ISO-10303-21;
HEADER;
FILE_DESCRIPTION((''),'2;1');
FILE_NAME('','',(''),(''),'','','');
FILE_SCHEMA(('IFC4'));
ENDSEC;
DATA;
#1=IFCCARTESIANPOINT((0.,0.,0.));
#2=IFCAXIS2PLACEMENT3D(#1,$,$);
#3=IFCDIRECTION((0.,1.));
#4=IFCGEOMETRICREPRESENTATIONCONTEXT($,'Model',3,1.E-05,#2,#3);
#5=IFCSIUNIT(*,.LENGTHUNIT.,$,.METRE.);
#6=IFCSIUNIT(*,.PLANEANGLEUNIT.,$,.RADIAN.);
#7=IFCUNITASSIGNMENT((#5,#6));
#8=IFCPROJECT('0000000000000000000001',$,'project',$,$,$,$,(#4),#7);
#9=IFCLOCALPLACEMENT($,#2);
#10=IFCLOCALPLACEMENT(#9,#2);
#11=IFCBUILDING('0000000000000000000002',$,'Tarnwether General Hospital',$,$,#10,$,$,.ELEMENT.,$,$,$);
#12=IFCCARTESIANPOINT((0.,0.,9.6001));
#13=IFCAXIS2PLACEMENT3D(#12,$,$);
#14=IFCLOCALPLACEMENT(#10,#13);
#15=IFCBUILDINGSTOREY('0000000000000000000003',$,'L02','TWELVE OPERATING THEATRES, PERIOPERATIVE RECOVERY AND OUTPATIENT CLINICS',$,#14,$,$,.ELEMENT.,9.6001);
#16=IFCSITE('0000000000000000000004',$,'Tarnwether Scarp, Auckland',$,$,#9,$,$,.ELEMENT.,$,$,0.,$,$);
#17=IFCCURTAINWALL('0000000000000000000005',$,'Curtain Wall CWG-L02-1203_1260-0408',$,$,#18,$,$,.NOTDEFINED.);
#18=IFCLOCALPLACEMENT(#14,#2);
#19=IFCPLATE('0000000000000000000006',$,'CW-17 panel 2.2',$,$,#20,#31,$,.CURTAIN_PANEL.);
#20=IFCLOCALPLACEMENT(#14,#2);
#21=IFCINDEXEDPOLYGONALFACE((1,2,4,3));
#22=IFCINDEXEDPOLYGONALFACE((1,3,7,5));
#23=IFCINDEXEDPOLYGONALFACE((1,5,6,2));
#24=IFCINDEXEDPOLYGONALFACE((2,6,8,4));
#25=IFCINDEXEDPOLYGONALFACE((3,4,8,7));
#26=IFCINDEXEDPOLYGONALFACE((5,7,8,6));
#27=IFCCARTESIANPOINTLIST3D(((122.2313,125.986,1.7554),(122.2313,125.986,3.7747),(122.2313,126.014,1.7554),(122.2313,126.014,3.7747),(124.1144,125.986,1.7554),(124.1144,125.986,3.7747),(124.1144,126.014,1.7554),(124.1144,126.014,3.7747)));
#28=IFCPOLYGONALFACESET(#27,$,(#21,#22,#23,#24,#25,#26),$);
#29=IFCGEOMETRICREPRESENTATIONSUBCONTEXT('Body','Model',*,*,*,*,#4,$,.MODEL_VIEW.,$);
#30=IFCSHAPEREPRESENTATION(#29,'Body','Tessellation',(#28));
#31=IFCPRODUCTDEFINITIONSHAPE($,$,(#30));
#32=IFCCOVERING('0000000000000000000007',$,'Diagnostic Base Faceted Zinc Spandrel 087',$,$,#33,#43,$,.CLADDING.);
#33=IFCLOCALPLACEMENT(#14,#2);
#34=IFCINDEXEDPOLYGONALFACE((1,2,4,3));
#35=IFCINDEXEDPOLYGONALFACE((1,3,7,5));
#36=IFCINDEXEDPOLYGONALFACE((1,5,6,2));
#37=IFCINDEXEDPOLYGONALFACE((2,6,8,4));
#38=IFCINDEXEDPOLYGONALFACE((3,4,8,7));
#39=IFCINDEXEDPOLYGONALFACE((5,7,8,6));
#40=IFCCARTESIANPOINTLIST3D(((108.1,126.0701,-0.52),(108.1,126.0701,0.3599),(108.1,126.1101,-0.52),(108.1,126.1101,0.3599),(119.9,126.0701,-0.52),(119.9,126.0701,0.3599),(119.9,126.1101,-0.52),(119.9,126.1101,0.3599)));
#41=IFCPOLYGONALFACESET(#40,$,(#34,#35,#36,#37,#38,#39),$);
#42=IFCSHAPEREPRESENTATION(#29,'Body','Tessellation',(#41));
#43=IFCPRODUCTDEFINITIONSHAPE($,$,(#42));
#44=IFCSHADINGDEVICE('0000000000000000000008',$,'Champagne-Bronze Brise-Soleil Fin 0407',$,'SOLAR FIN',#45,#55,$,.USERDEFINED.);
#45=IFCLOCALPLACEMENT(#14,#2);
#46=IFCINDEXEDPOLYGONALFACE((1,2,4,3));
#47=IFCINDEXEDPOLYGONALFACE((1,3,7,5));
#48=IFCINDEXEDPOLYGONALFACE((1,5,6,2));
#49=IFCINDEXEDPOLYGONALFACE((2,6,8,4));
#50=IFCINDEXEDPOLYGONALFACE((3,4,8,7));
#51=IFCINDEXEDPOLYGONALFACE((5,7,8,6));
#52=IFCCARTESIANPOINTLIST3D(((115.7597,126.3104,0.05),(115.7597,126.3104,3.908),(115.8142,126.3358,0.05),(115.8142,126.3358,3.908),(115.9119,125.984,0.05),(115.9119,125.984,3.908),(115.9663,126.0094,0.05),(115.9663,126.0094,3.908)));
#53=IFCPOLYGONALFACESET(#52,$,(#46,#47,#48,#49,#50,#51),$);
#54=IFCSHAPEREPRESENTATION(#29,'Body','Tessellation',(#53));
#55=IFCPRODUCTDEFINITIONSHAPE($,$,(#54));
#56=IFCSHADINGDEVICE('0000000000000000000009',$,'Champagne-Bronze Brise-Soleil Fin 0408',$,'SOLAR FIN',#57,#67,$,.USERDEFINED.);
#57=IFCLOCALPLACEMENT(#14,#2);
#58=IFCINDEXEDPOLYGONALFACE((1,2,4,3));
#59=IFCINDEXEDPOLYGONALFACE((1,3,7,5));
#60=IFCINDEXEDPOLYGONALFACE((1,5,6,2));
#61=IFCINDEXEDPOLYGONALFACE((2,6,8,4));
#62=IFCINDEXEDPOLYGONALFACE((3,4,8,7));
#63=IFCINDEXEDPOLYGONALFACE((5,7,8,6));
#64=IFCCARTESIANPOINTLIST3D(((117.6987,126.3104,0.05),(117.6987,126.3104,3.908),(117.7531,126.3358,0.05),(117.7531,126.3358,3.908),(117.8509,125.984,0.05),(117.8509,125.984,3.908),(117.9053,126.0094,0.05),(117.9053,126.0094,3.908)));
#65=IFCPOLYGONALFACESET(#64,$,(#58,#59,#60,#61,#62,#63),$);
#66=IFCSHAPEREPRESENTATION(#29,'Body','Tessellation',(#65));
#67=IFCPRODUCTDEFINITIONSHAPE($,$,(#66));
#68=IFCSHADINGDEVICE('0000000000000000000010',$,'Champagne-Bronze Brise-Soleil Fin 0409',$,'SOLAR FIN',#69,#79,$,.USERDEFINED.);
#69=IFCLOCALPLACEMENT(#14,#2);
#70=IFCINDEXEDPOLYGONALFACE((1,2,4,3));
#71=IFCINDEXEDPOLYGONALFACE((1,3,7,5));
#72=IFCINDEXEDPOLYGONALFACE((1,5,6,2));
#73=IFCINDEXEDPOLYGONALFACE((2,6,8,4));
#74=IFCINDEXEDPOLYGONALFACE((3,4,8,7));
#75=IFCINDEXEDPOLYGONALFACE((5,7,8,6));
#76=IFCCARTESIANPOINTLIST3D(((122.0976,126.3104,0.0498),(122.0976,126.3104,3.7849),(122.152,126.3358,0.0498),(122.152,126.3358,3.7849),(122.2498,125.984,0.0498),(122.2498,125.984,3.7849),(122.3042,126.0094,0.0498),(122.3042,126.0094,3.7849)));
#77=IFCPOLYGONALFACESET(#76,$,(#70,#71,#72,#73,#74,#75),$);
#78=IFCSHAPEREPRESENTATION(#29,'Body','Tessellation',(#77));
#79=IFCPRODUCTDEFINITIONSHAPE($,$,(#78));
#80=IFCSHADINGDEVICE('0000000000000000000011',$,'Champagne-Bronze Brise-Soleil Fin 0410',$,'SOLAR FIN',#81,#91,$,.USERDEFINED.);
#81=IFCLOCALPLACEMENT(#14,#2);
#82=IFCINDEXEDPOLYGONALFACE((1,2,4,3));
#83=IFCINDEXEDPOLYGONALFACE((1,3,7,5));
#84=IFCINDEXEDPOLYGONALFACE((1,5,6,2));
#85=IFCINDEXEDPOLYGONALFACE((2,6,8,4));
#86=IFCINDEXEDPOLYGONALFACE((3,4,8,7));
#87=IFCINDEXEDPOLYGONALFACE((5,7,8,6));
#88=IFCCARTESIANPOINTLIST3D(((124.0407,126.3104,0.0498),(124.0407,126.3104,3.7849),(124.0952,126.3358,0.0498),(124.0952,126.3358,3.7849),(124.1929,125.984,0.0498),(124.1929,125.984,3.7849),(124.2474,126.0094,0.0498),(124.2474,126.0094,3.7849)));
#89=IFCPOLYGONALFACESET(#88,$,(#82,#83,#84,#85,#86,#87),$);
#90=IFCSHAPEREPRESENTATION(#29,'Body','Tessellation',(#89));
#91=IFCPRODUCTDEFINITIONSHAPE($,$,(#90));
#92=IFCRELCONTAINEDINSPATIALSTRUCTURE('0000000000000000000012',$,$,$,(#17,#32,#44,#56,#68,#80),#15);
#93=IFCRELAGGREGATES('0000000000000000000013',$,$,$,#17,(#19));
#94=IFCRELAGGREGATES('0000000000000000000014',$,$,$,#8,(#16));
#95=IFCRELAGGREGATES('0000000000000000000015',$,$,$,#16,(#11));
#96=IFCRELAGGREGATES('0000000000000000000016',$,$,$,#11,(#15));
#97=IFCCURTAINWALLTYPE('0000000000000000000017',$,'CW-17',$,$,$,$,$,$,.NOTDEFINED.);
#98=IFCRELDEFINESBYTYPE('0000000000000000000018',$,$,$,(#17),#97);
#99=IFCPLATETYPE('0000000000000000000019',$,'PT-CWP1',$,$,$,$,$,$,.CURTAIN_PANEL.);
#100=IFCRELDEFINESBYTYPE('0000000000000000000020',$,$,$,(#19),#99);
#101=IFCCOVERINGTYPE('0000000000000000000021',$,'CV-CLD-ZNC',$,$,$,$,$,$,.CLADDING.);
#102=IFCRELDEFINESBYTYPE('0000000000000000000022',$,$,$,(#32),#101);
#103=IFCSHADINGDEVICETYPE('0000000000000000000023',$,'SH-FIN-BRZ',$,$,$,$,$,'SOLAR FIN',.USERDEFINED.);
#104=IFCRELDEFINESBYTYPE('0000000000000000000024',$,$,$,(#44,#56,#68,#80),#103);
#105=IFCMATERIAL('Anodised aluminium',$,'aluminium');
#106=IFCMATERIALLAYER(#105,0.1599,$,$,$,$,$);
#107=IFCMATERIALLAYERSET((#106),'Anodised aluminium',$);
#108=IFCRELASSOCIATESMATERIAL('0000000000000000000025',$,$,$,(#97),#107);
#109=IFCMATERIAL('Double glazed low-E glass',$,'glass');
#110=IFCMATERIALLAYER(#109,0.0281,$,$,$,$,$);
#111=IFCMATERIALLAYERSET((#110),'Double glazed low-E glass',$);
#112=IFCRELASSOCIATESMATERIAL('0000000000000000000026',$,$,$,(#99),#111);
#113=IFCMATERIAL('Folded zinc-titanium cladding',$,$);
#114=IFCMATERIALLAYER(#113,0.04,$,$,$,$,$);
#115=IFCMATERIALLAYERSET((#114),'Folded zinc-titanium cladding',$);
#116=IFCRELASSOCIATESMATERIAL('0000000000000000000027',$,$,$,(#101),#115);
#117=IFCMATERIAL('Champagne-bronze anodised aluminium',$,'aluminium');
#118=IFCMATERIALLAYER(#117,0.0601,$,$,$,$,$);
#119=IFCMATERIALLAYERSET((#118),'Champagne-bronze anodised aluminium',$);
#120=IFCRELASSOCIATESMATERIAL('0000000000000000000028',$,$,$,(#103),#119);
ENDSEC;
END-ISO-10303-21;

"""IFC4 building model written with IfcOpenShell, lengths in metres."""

from ifc_helpers import new_model, si_unit, direction, frame, origin, origin_2d, place, context, subcontext, project, spatial, rectangle, extrude, material, layer, layer_set, type_object, element, aggregate, save


model = new_model("IFC4")

# Units and contexts
model_context = context("Model", 3, precision=1e-05, world=origin(), true_north=direction((0.0, 1.0)))
body_context = subcontext(model_context, "Body", "Model", "MODEL_VIEW")
ifc_project = project(units=[si_unit("LENGTHUNIT", "METRE"), si_unit("PLANEANGLEUNIT", "RADIAN")], contexts=[model_context])

# Site, building, storey
site_placement = place(None, origin())
site = spatial("IfcSite", under=ifc_project, at=site_placement, Name="Tarnwether Scarp, Auckland", CompositionType="ELEMENT", RefElevation=0.0)
building_placement = place(site_placement, origin())
building = spatial("IfcBuilding", under=site, at=building_placement, Name="Tarnwether General Hospital", CompositionType="ELEMENT")
storey_placement = place(building_placement, frame((0.0, 0.0, 9.6001)))
storey = spatial("IfcBuildingStorey", under=building, at=storey_placement, Name="L02", Description="TWELVE OPERATING THEATRES, PERIOPERATIVE RECOVERY AND OUTPATIENT CLINICS", CompositionType="ELEMENT", Elevation=9.6001)

# Curtain wall
ifc_material_1 = material(Name="Anodised aluminium", Category="aluminium")
ifc_layer_1 = layer(ifc_material_1, 0.1599)
ifc_layer_set_1 = layer_set([ifc_layer_1], Name="Anodised aluminium")
curtain_wall_type = type_object("IfcCurtainWallType", Name="CW-17", PredefinedType="NOTDEFINED", material=ifc_layer_set_1)
curtain_wall_1_placement = place(storey_placement, origin())
curtain_wall_1 = element("IfcCurtainWall", 1, at=curtain_wall_1_placement, inside=storey, type_object=curtain_wall_type, Name="Curtain Wall CWG-L02-1203_1260-0408", PredefinedType="NOTDEFINED")

# Plate
ifc_material_2 = material(Name="Double glazed low-E glass", Category="glass")
ifc_layer_2 = layer(ifc_material_2, 0.0281)
ifc_layer_set_2 = layer_set([ifc_layer_2], Name="Double glazed low-E glass")
plate_type = type_object("IfcPlateType", Name="PT-CWP1", PredefinedType="CURTAIN_PANEL", material=ifc_layer_set_2)
plate_1_placement = place(storey_placement, frame((123.1729, 126.0, 1.7554), z_axis=(0.0, 0.0, 1.0), x_axis=(1.0, 0.0, 0.0)))
plate_1 = element("IfcPlate", 2, at=plate_1_placement, type_object=plate_type, Name="CW-17 panel 2.2", PredefinedType="CURTAIN_PANEL", context=body_context, shape_type="SweptSolid", body=[
    extrude(rectangle(XDim=1.8831, YDim=0.0281, at=origin_2d()), origin(), (0.0, 0.0, 1.0), 2.0193),
])
aggregate(curtain_wall_1, [plate_1])

# Covering
ifc_material_3 = material(Name="Folded zinc-titanium cladding")
ifc_layer_3 = layer(ifc_material_3, 0.04)
ifc_layer_set_3 = layer_set([ifc_layer_3], Name="Folded zinc-titanium cladding")
covering_type = type_object("IfcCoveringType", Name="CV-CLD-ZNC", PredefinedType="CLADDING", material=ifc_layer_set_3)
covering_placement = place(storey_placement, frame((114.0, 126.0901, -0.52), z_axis=(0.0, 0.0, 1.0), x_axis=(1.0, 0.0, 0.0)))
element("IfcCovering", 3, at=covering_placement, inside=storey, type_object=covering_type, Name="Diagnostic Base Faceted Zinc Spandrel 087", PredefinedType="CLADDING", context=body_context, shape_type="SweptSolid", body=[
    extrude(rectangle(XDim=11.8, YDim=0.04, at=origin_2d()), origin(), (0.0, 0.0, 1.0), 0.8799),
])

# Shading devices
ifc_material_4 = material(Name="Champagne-bronze anodised aluminium", Category="aluminium")
ifc_layer_4 = layer(ifc_material_4, 0.0601)
ifc_layer_set_4 = layer_set([ifc_layer_4], Name="Champagne-bronze anodised aluminium")
shading_device_type = type_object("IfcShadingDeviceType", Name="SH-FIN-BRZ", ElementType="SOLAR FIN", PredefinedType="USERDEFINED", material=ifc_layer_set_4)
for number, where, z_axis, x_axis, name in (
    (4, (115.863, 126.1599, 0.05), (0.0, 0.0, 1.0), (0.906308, 0.422618, 0.0), "Champagne-Bronze Brise-Soleil Fin 0407"),
    (5, (117.802, 126.1599, 0.05), (0.0, 0.0, 1.0), (0.906308, 0.422618, 0.0), "Champagne-Bronze Brise-Soleil Fin 0408"),
):
    element("IfcShadingDevice", number, at=place(storey_placement, frame(where, z_axis=z_axis, x_axis=x_axis)), inside=storey, type_object=shading_device_type, Name=name, ObjectType="SOLAR FIN", PredefinedType="USERDEFINED", context=body_context, shape_type="SweptSolid", body=[
        extrude(rectangle(XDim=0.0601, YDim=0.3601, at=origin_2d()), origin(), (0.0, 0.0, 1.0), 3.8579),
    ])
for number, where, z_axis, x_axis, name in (
    (6, (122.2009, 126.1599, 0.0498), (0.0, 0.0, 1.0), (0.906308, 0.422618, 0.0), "Champagne-Bronze Brise-Soleil Fin 0409"),
    (7, (124.144, 126.1599, 0.0498), (0.0, 0.0, 1.0), (0.906308, 0.422618, 0.0), "Champagne-Bronze Brise-Soleil Fin 0410"),
):
    element("IfcShadingDevice", number, at=place(storey_placement, frame(where, z_axis=z_axis, x_axis=x_axis)), inside=storey, type_object=shading_device_type, Name=name, ObjectType="SOLAR FIN", PredefinedType="USERDEFINED", context=body_context, shape_type="SweptSolid", body=[
        extrude(rectangle(XDim=0.0601, YDim=0.3601, at=origin_2d()), origin(), (0.0, 0.0, 1.0), 3.7351),
    ])

save(model, "model.ifc")
